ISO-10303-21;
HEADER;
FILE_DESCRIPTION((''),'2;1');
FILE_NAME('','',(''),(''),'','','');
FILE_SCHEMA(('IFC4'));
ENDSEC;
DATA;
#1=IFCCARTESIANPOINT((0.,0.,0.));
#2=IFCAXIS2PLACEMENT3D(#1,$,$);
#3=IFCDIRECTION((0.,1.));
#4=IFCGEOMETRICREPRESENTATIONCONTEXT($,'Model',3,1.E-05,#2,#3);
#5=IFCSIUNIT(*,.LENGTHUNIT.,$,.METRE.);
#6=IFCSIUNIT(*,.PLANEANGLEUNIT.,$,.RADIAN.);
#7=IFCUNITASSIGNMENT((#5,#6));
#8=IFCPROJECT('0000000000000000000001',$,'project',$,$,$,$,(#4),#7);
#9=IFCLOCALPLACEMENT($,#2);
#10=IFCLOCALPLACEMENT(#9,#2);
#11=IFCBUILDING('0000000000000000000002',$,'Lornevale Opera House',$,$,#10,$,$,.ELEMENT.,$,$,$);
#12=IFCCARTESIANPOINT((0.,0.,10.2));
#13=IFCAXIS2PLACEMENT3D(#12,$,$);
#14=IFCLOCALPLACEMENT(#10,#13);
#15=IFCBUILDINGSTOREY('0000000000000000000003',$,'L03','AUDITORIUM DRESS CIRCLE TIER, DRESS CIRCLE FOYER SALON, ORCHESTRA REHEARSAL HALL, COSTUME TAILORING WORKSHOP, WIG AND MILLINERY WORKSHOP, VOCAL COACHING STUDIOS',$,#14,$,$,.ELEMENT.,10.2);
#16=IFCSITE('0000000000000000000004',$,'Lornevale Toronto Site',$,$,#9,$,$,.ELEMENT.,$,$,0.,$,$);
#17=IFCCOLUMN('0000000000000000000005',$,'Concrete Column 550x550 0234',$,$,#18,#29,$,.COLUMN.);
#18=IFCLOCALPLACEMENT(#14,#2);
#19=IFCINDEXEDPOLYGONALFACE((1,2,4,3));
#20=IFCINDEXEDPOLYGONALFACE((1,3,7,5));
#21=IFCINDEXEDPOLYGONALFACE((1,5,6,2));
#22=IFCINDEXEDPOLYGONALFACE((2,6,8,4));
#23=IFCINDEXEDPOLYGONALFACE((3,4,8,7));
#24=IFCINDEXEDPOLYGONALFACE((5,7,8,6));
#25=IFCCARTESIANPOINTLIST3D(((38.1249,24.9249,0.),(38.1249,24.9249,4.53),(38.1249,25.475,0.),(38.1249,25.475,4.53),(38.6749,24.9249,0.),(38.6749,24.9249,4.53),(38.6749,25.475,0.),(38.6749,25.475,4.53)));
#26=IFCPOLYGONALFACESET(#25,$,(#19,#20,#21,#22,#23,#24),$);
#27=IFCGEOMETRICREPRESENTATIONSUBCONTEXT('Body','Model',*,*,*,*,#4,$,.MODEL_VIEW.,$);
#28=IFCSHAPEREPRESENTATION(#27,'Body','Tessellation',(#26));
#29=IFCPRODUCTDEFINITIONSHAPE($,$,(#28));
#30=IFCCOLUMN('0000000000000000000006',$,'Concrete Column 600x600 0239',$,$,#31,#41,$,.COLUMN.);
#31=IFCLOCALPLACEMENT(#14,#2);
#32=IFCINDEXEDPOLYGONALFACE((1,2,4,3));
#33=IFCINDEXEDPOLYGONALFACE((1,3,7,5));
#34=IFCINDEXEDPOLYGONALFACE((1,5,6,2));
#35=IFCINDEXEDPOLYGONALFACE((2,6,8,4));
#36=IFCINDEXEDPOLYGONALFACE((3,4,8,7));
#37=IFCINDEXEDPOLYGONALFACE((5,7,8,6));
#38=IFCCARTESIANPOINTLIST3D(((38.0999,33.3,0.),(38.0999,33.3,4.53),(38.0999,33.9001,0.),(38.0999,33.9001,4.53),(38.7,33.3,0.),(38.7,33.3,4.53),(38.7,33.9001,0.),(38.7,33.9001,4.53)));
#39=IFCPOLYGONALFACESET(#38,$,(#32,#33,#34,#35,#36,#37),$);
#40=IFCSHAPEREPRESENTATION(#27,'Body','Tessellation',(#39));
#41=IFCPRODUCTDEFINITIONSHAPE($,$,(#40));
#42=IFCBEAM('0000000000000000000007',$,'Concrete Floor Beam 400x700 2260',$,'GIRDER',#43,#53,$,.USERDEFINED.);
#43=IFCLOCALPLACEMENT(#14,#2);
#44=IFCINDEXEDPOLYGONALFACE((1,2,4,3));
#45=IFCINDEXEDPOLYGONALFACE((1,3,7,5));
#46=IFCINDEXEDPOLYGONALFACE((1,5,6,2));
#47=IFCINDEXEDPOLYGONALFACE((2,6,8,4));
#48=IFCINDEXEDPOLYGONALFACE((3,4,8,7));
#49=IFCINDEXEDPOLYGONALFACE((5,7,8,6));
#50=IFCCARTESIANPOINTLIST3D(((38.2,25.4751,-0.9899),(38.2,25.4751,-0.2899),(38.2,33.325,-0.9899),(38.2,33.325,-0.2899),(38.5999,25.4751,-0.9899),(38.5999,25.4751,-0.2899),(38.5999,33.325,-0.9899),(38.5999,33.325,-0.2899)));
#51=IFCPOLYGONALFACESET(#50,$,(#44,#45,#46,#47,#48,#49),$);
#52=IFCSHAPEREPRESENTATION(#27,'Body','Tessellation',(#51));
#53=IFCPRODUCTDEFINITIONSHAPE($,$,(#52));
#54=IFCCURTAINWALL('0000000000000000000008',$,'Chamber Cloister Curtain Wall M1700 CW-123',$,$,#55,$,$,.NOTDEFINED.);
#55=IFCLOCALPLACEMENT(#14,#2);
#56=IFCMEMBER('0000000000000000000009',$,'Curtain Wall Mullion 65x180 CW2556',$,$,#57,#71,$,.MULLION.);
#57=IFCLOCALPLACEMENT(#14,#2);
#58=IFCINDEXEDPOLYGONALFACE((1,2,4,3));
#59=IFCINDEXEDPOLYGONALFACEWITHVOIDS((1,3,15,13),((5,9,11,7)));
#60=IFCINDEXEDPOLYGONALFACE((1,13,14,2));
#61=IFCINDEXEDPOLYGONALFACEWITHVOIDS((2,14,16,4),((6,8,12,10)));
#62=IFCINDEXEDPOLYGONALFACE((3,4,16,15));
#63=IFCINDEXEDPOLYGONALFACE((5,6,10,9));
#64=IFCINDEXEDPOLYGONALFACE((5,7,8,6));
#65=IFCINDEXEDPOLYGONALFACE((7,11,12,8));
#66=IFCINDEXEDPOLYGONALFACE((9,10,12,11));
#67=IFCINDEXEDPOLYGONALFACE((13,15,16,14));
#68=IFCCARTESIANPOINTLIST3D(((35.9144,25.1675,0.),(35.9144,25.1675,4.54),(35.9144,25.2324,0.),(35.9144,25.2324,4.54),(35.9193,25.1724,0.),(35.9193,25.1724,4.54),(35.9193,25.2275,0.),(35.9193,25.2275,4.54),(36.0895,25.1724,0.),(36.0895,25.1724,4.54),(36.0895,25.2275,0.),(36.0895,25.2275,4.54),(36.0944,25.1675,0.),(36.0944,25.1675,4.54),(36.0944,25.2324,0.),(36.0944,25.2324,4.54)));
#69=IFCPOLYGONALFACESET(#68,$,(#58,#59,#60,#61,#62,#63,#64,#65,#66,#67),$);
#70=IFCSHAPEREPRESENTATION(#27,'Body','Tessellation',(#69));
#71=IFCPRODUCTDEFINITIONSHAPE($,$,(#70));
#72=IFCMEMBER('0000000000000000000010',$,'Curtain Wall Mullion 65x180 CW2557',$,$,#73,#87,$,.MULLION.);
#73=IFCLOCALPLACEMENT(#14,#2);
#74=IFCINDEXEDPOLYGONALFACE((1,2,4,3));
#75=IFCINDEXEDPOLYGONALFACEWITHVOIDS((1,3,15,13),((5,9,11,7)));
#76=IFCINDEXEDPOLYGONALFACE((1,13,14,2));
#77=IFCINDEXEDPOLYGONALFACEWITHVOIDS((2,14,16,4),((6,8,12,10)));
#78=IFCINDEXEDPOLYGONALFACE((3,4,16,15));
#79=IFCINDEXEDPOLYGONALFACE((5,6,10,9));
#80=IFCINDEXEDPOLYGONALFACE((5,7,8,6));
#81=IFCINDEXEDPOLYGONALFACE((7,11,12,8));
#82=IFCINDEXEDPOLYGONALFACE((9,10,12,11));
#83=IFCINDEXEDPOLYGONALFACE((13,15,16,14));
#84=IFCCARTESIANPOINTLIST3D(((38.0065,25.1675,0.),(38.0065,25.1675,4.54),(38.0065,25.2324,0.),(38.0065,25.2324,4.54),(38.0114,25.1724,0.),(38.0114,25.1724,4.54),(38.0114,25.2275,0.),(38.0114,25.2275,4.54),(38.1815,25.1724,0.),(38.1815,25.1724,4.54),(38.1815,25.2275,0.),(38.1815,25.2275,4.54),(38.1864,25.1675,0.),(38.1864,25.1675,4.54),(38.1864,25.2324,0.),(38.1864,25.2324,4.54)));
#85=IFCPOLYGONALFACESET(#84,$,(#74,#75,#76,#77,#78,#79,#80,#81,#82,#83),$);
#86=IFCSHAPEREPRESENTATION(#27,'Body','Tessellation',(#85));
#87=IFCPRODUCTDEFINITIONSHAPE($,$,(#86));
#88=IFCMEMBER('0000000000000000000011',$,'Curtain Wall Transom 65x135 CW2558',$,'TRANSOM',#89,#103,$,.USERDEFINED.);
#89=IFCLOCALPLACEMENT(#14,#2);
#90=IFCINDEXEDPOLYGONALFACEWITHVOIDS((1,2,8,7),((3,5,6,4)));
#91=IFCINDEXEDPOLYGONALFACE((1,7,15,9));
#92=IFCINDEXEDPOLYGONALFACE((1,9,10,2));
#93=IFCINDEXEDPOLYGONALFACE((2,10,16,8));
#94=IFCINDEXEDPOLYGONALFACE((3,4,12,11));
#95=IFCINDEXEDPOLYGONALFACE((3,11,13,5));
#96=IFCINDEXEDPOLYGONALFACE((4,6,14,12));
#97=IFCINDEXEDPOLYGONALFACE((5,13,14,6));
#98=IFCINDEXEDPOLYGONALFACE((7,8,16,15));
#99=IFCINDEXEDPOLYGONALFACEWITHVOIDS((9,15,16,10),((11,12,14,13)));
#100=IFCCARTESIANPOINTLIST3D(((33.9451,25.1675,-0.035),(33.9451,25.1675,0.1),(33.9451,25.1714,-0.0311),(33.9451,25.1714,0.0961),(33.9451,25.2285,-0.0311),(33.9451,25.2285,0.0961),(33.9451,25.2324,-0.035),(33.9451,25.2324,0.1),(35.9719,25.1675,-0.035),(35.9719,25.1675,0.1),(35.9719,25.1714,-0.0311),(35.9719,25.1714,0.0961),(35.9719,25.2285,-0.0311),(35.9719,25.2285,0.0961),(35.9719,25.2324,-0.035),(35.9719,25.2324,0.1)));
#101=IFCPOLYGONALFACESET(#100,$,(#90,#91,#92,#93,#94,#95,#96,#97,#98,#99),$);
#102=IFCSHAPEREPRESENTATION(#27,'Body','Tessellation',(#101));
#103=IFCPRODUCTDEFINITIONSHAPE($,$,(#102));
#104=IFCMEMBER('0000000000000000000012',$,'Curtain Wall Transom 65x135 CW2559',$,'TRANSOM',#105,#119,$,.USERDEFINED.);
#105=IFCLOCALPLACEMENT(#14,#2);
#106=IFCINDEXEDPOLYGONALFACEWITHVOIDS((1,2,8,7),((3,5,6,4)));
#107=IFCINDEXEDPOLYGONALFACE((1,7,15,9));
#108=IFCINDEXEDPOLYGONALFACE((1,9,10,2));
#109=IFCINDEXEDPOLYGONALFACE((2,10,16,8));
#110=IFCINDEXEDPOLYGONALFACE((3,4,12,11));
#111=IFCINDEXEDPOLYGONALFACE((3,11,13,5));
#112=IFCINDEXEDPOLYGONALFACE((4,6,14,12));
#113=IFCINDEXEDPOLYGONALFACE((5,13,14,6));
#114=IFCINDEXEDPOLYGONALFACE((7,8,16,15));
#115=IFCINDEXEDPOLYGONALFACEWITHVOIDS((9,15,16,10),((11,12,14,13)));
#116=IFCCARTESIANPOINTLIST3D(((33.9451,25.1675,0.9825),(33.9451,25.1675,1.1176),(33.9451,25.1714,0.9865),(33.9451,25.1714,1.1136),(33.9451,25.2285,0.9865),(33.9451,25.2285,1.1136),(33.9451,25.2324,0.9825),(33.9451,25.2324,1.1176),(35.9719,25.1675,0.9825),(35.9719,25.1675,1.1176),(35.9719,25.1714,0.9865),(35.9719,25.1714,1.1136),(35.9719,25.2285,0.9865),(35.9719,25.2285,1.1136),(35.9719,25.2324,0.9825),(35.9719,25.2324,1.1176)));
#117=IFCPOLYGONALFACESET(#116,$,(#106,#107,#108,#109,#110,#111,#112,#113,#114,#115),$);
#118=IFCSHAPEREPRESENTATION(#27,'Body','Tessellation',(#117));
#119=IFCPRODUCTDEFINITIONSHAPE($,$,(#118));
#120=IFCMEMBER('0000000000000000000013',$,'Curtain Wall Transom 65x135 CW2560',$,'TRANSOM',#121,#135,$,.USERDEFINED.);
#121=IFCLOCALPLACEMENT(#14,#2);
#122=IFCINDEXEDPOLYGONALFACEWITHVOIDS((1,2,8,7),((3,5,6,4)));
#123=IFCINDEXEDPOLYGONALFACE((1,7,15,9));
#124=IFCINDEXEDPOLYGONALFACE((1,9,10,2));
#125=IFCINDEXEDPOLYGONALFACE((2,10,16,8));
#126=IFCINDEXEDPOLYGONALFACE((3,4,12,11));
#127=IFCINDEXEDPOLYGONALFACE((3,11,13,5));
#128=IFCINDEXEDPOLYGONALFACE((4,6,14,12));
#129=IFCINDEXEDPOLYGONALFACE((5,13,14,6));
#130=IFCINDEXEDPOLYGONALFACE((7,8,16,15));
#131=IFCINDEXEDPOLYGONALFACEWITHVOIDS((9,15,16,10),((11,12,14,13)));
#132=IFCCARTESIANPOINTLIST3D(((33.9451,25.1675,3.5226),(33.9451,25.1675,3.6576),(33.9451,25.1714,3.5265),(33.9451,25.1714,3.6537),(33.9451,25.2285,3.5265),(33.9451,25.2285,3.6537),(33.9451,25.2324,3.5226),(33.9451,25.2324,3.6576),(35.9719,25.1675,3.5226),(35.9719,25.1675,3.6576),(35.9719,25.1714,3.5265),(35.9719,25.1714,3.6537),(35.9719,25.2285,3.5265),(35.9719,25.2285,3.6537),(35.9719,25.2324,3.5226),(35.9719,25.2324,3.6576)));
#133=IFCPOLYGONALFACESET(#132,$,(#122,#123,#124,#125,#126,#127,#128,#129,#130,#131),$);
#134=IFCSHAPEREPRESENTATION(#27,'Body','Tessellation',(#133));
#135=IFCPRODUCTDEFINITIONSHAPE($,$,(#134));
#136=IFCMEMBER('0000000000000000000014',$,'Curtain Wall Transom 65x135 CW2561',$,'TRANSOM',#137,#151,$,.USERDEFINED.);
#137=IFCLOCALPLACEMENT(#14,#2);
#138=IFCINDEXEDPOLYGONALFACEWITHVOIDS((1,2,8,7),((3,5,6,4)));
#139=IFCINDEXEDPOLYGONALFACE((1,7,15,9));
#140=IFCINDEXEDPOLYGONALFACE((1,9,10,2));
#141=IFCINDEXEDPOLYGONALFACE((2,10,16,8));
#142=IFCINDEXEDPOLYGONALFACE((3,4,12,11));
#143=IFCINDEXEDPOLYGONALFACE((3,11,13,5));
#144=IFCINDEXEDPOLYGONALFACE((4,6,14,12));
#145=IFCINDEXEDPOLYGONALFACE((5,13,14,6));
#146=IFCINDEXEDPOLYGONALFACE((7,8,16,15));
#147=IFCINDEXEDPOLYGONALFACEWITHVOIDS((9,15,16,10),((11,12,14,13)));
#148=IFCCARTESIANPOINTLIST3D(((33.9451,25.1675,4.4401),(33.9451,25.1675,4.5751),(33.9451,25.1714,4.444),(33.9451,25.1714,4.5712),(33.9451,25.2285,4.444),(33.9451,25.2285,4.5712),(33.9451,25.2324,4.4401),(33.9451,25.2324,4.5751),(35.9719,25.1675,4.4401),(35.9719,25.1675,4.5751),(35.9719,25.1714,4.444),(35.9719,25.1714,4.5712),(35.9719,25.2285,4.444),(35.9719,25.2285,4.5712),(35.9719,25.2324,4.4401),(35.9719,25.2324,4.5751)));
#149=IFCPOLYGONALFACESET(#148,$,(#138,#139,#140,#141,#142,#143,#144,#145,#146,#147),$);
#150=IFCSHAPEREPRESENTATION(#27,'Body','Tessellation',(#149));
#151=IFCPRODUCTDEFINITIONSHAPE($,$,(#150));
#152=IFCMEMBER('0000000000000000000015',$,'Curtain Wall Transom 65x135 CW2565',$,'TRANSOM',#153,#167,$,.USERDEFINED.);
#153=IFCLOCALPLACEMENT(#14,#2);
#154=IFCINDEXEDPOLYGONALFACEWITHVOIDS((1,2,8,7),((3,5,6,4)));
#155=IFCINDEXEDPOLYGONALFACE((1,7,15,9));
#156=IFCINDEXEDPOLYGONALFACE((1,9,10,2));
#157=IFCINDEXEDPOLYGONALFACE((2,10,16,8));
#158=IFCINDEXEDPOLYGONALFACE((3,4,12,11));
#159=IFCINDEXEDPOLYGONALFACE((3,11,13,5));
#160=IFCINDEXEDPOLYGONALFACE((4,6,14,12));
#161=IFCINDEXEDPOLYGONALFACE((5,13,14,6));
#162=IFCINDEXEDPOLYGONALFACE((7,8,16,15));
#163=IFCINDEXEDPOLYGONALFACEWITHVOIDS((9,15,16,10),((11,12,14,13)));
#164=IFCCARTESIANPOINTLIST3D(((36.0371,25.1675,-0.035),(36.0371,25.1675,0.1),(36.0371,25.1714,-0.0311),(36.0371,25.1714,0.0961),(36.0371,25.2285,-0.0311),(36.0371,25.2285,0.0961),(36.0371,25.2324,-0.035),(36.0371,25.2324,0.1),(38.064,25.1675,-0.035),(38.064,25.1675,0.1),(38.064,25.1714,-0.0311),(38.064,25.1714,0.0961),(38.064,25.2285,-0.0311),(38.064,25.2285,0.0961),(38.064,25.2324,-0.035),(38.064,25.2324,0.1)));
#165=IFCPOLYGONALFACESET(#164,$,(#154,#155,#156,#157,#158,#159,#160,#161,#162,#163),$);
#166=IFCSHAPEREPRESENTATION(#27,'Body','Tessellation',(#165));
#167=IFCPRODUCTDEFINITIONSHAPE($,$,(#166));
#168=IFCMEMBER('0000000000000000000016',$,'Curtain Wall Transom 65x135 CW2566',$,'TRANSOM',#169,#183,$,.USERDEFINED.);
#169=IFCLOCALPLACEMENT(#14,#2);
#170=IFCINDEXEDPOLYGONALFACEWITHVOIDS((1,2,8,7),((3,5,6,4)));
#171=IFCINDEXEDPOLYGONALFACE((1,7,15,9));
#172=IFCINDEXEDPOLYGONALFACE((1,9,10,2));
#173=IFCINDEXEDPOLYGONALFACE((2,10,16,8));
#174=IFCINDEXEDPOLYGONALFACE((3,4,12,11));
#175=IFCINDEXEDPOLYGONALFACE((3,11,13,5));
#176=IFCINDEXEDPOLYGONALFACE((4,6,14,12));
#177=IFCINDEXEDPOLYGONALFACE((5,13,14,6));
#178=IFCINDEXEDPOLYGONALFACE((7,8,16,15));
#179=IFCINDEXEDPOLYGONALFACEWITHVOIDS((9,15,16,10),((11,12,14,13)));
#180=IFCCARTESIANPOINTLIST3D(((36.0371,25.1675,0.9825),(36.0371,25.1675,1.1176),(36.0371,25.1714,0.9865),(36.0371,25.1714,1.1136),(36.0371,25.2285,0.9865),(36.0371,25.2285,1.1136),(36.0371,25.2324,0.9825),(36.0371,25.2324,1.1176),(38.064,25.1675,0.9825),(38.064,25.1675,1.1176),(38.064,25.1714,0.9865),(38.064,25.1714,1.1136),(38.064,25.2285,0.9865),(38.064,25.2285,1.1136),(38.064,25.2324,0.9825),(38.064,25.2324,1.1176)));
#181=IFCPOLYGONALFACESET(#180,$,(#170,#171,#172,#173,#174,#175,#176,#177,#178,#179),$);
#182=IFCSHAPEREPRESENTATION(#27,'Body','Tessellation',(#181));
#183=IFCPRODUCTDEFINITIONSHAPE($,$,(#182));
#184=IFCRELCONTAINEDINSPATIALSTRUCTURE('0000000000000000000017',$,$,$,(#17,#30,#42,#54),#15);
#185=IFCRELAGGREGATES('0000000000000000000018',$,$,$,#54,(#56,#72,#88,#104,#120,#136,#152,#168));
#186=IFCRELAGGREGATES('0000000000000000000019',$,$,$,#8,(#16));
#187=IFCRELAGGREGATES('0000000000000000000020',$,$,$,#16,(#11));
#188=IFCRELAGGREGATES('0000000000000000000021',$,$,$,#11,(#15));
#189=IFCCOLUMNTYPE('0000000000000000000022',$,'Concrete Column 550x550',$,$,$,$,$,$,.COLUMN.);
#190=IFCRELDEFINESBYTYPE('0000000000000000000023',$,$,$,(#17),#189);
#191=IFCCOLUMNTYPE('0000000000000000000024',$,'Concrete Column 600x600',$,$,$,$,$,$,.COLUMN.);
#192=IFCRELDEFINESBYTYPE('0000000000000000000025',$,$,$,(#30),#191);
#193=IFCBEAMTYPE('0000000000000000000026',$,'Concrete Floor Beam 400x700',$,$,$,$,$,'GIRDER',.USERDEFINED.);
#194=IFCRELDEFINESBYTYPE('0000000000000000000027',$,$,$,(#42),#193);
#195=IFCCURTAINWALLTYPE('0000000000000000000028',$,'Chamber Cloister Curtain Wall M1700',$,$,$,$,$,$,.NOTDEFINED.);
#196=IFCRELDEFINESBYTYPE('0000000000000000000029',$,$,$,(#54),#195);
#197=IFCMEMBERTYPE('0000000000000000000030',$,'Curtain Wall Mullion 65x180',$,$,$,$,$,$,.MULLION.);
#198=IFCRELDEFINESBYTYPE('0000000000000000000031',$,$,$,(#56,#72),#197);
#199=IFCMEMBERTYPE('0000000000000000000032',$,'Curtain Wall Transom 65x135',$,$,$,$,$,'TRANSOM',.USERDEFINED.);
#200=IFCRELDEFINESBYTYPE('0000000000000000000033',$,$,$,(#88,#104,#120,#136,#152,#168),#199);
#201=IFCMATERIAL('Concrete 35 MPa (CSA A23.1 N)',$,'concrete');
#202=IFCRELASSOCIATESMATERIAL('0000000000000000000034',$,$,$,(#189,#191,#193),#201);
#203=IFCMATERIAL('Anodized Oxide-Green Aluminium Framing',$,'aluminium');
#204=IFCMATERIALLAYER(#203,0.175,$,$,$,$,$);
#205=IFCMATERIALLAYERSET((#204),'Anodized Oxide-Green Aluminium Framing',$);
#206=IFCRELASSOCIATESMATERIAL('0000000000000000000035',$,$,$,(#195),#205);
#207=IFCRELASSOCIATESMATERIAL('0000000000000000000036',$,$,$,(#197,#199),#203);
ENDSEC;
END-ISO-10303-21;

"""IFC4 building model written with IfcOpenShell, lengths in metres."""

from ifc_helpers import new_model, si_unit, direction, frame, origin, origin_2d, place, context, subcontext, project, spatial, rectangle, hollow_rectangle, extrude, material, layer, layer_set, material_profile, profile_set, type_object, element, aggregate, save


model = new_model("IFC4")

# Units and contexts
model_context = context("Model", 3, precision=1e-05, world=origin(), true_north=direction((0.0, 1.0)))
body_context = subcontext(model_context, "Body", "Model", "MODEL_VIEW")
ifc_project = project(units=[si_unit("LENGTHUNIT", "METRE"), si_unit("PLANEANGLEUNIT", "RADIAN")], contexts=[model_context])

# Site, building, storey
site_placement = place(None, origin())
site = spatial("IfcSite", under=ifc_project, at=site_placement, Name="Lornevale Toronto Site", CompositionType="ELEMENT", RefElevation=0.0)
building_placement = place(site_placement, origin())
building = spatial("IfcBuilding", under=site, at=building_placement, Name="Lornevale Opera House", CompositionType="ELEMENT")
storey_placement = place(building_placement, frame((0.0, 0.0, 10.2)))
storey = spatial("IfcBuildingStorey", under=building, at=storey_placement, Name="L03", Description="AUDITORIUM DRESS CIRCLE TIER, DRESS CIRCLE FOYER SALON, ORCHESTRA REHEARSAL HALL, COSTUME TAILORING WORKSHOP, WIG AND MILLINERY WORKSHOP, VOCAL COACHING STUDIOS", CompositionType="ELEMENT", Elevation=10.2)

# Columns
ifc_material_1 = material(Name="Concrete 35 MPa (CSA A23.1 N)", Category="concrete")
ifc_material_profile_1 = material_profile(ifc_material_1, rectangle(XDim=0.55, YDim=0.55, at=origin_2d()), Name="RC550x550")
ifc_profile_set_1 = profile_set([ifc_material_profile_1], Name="Concrete 35 MPa (CSA A23.1 N)")
column_type_1 = type_object("IfcColumnType", Name="Concrete Column 550x550", PredefinedType="COLUMN", material=ifc_profile_set_1)
column_1_placement = place(storey_placement, frame((38.3999, 25.2, 0.0), z_axis=(0.0, 0.0, 1.0), x_axis=(1.0, 0.0, 0.0)))
element("IfcColumn", 1, at=column_1_placement, inside=storey, type_object=column_type_1, Name="Concrete Column 550x550 0234", PredefinedType="COLUMN", context=body_context, shape_type="SweptSolid", body=[
    extrude(rectangle(XDim=0.55, YDim=0.55, at=origin_2d()), origin(), (0.0, 0.0, 1.0), 4.53),
])
ifc_material_profile_2 = material_profile(ifc_material_1, rectangle(XDim=0.6001, YDim=0.6001, at=origin_2d()), Name="RC600x600")
ifc_profile_set_2 = profile_set([ifc_material_profile_2], Name="Concrete 35 MPa (CSA A23.1 N)")
column_type_2 = type_object("IfcColumnType", Name="Concrete Column 600x600", PredefinedType="COLUMN", material=ifc_profile_set_2)
column_2_placement = place(storey_placement, frame((38.3999, 33.6001, 0.0), z_axis=(0.0, 0.0, 1.0), x_axis=(1.0, 0.0, 0.0)))
element("IfcColumn", 2, at=column_2_placement, inside=storey, type_object=column_type_2, Name="Concrete Column 600x600 0239", PredefinedType="COLUMN", context=body_context, shape_type="SweptSolid", body=[
    extrude(rectangle(XDim=0.6001, YDim=0.6001, at=origin_2d()), origin(), (0.0, 0.0, 1.0), 4.53),
])

# Beam
ifc_material_profile_3 = material_profile(ifc_material_1, rectangle(XDim=0.3999, YDim=0.7, at=origin_2d()), Name="RC400x700")
ifc_profile_set_3 = profile_set([ifc_material_profile_3], Name="Concrete 35 MPa (CSA A23.1 N)")
beam_type = type_object("IfcBeamType", Name="Concrete Floor Beam 400x700", ElementType="GIRDER", PredefinedType="USERDEFINED", material=ifc_profile_set_3)
beam_placement = place(storey_placement, frame((38.3999, 25.4751, -0.6399), z_axis=(0.0, 1.0, 0.0), x_axis=(-1.0, 0.0, 0.0)))
element("IfcBeam", 3, at=beam_placement, inside=storey, type_object=beam_type, Name="Concrete Floor Beam 400x700 2260", ObjectType="GIRDER", PredefinedType="USERDEFINED", context=body_context, shape_type="SweptSolid", body=[
    extrude(rectangle(XDim=0.3999, YDim=0.7, at=origin_2d()), origin(), (0.0, 0.0, 1.0), 7.8499),
])

# Curtain wall, members
ifc_material_2 = material(Name="Anodized Oxide-Green Aluminium Framing", Category="aluminium")
ifc_layer_1 = layer(ifc_material_2, 0.175)
ifc_layer_set_1 = layer_set([ifc_layer_1], Name="Anodized Oxide-Green Aluminium Framing")
curtain_wall_type = type_object("IfcCurtainWallType", Name="Chamber Cloister Curtain Wall M1700", PredefinedType="NOTDEFINED", material=ifc_layer_set_1)
curtain_wall_placement = place(storey_placement, origin())
curtain_wall = element("IfcCurtainWall", 4, at=curtain_wall_placement, inside=storey, type_object=curtain_wall_type, Name="Chamber Cloister Curtain Wall M1700 CW-123", PredefinedType="NOTDEFINED")
ifc_material_profile_4 = material_profile(ifc_material_2, hollow_rectangle(XDim=0.0649, YDim=0.1799, WallThickness=0.0049, at=origin_2d()), Name="ALU65x180x5")
ifc_profile_set_4 = profile_set([ifc_material_profile_4], Name="Anodized Oxide-Green Aluminium Framing")
member_type_1 = type_object("IfcMemberType", Name="Curtain Wall Mullion 65x180", PredefinedType="MULLION", material=ifc_profile_set_4)
member_1_placement = place(storey_placement, frame((36.0044, 25.2, 0.0), z_axis=(0.0, 0.0, 1.0), x_axis=(0.0, 1.0, 0.0)))
member_1 = element("IfcMember", 5, at=member_1_placement, type_object=member_type_1, Name="Curtain Wall Mullion 65x180 CW2556", PredefinedType="MULLION", context=body_context, shape_type="SweptSolid", body=[
    extrude(hollow_rectangle(XDim=0.0649, YDim=0.1799, WallThickness=0.0049, at=origin_2d()), origin(), (0.0, 0.0, 1.0), 4.54),
])
member_2_placement = place(storey_placement, frame((38.0964, 25.2, 0.0), z_axis=(0.0, 0.0, 1.0), x_axis=(0.0, 1.0, 0.0)))
member_2 = element("IfcMember", 6, at=member_2_placement, type_object=member_type_1, Name="Curtain Wall Mullion 65x180 CW2557", PredefinedType="MULLION", context=body_context, shape_type="SweptSolid", body=[
    extrude(hollow_rectangle(XDim=0.0649, YDim=0.1799, WallThickness=0.0049, at=origin_2d()), origin(), (0.0, 0.0, 1.0), 4.54),
])
ifc_material_profile_5 = material_profile(ifc_material_2, hollow_rectangle(XDim=0.0649, YDim=0.135, WallThickness=0.0039, at=origin_2d()), Name="ALU65x135x4")
ifc_profile_set_5 = profile_set([ifc_material_profile_5], Name="Anodized Oxide-Green Aluminium Framing")
member_type_2 = type_object("IfcMemberType", Name="Curtain Wall Transom 65x135", ElementType="TRANSOM", PredefinedType="USERDEFINED", material=ifc_profile_set_5)
member_3_placement = place(storey_placement, frame((33.9451, 25.2, 0.0325), z_axis=(1.0, 0.0, 0.0), x_axis=(0.0, 1.0, 0.0)))
member_3 = element("IfcMember", 7, at=member_3_placement, type_object=member_type_2, Name="Curtain Wall Transom 65x135 CW2558", ObjectType="TRANSOM", PredefinedType="USERDEFINED", context=body_context, shape_type="SweptSolid", body=[
    extrude(hollow_rectangle(XDim=0.0649, YDim=0.135, WallThickness=0.0039, at=origin_2d()), origin(), (0.0, 0.0, 1.0), 2.0269),
])
member_4_placement = place(storey_placement, frame((33.9451, 25.2, 1.05), z_axis=(1.0, 0.0, 0.0), x_axis=(0.0, 1.0, 0.0)))
member_4 = element("IfcMember", 8, at=member_4_placement, type_object=member_type_2, Name="Curtain Wall Transom 65x135 CW2559", ObjectType="TRANSOM", PredefinedType="USERDEFINED", context=body_context, shape_type="SweptSolid", body=[
    extrude(hollow_rectangle(XDim=0.0649, YDim=0.135, WallThickness=0.0039, at=origin_2d()), origin(), (0.0, 0.0, 1.0), 2.0269),
])
member_5_placement = place(storey_placement, frame((33.9451, 25.2, 3.5901), z_axis=(1.0, 0.0, 0.0), x_axis=(0.0, 1.0, 0.0)))
member_5 = element("IfcMember", 9, at=member_5_placement, type_object=member_type_2, Name="Curtain Wall Transom 65x135 CW2560", ObjectType="TRANSOM", PredefinedType="USERDEFINED", context=body_context, shape_type="SweptSolid", body=[
    extrude(hollow_rectangle(XDim=0.0649, YDim=0.135, WallThickness=0.0039, at=origin_2d()), origin(), (0.0, 0.0, 1.0), 2.0269),
])
member_6_placement = place(storey_placement, frame((33.9451, 25.2, 4.5076), z_axis=(1.0, 0.0, 0.0), x_axis=(0.0, 1.0, 0.0)))
member_6 = element("IfcMember", 10, at=member_6_placement, type_object=member_type_2, Name="Curtain Wall Transom 65x135 CW2561", ObjectType="TRANSOM", PredefinedType="USERDEFINED", context=body_context, shape_type="SweptSolid", body=[
    extrude(hollow_rectangle(XDim=0.0649, YDim=0.135, WallThickness=0.0039, at=origin_2d()), origin(), (0.0, 0.0, 1.0), 2.0269),
])
member_7_placement = place(storey_placement, frame((36.0371, 25.2, 0.0325), z_axis=(1.0, 0.0, 0.0), x_axis=(0.0, 1.0, 0.0)))
member_7 = element("IfcMember", 11, at=member_7_placement, type_object=member_type_2, Name="Curtain Wall Transom 65x135 CW2565", ObjectType="TRANSOM", PredefinedType="USERDEFINED", context=body_context, shape_type="SweptSolid", body=[
    extrude(hollow_rectangle(XDim=0.0649, YDim=0.135, WallThickness=0.0039, at=origin_2d()), origin(), (0.0, 0.0, 1.0), 2.0269),
])
member_8_placement = place(storey_placement, frame((36.0371, 25.2, 1.05), z_axis=(1.0, 0.0, 0.0), x_axis=(0.0, 1.0, 0.0)))
member_8 = element("IfcMember", 12, at=member_8_placement, type_object=member_type_2, Name="Curtain Wall Transom 65x135 CW2566", ObjectType="TRANSOM", PredefinedType="USERDEFINED", context=body_context, shape_type="SweptSolid", body=[
    extrude(hollow_rectangle(XDim=0.0649, YDim=0.135, WallThickness=0.0039, at=origin_2d()), origin(), (0.0, 0.0, 1.0), 2.0269),
])
aggregate(curtain_wall, [member_1, member_2, member_3, member_4, member_5, member_6, member_7, member_8])

save(model, "model.ifc")
